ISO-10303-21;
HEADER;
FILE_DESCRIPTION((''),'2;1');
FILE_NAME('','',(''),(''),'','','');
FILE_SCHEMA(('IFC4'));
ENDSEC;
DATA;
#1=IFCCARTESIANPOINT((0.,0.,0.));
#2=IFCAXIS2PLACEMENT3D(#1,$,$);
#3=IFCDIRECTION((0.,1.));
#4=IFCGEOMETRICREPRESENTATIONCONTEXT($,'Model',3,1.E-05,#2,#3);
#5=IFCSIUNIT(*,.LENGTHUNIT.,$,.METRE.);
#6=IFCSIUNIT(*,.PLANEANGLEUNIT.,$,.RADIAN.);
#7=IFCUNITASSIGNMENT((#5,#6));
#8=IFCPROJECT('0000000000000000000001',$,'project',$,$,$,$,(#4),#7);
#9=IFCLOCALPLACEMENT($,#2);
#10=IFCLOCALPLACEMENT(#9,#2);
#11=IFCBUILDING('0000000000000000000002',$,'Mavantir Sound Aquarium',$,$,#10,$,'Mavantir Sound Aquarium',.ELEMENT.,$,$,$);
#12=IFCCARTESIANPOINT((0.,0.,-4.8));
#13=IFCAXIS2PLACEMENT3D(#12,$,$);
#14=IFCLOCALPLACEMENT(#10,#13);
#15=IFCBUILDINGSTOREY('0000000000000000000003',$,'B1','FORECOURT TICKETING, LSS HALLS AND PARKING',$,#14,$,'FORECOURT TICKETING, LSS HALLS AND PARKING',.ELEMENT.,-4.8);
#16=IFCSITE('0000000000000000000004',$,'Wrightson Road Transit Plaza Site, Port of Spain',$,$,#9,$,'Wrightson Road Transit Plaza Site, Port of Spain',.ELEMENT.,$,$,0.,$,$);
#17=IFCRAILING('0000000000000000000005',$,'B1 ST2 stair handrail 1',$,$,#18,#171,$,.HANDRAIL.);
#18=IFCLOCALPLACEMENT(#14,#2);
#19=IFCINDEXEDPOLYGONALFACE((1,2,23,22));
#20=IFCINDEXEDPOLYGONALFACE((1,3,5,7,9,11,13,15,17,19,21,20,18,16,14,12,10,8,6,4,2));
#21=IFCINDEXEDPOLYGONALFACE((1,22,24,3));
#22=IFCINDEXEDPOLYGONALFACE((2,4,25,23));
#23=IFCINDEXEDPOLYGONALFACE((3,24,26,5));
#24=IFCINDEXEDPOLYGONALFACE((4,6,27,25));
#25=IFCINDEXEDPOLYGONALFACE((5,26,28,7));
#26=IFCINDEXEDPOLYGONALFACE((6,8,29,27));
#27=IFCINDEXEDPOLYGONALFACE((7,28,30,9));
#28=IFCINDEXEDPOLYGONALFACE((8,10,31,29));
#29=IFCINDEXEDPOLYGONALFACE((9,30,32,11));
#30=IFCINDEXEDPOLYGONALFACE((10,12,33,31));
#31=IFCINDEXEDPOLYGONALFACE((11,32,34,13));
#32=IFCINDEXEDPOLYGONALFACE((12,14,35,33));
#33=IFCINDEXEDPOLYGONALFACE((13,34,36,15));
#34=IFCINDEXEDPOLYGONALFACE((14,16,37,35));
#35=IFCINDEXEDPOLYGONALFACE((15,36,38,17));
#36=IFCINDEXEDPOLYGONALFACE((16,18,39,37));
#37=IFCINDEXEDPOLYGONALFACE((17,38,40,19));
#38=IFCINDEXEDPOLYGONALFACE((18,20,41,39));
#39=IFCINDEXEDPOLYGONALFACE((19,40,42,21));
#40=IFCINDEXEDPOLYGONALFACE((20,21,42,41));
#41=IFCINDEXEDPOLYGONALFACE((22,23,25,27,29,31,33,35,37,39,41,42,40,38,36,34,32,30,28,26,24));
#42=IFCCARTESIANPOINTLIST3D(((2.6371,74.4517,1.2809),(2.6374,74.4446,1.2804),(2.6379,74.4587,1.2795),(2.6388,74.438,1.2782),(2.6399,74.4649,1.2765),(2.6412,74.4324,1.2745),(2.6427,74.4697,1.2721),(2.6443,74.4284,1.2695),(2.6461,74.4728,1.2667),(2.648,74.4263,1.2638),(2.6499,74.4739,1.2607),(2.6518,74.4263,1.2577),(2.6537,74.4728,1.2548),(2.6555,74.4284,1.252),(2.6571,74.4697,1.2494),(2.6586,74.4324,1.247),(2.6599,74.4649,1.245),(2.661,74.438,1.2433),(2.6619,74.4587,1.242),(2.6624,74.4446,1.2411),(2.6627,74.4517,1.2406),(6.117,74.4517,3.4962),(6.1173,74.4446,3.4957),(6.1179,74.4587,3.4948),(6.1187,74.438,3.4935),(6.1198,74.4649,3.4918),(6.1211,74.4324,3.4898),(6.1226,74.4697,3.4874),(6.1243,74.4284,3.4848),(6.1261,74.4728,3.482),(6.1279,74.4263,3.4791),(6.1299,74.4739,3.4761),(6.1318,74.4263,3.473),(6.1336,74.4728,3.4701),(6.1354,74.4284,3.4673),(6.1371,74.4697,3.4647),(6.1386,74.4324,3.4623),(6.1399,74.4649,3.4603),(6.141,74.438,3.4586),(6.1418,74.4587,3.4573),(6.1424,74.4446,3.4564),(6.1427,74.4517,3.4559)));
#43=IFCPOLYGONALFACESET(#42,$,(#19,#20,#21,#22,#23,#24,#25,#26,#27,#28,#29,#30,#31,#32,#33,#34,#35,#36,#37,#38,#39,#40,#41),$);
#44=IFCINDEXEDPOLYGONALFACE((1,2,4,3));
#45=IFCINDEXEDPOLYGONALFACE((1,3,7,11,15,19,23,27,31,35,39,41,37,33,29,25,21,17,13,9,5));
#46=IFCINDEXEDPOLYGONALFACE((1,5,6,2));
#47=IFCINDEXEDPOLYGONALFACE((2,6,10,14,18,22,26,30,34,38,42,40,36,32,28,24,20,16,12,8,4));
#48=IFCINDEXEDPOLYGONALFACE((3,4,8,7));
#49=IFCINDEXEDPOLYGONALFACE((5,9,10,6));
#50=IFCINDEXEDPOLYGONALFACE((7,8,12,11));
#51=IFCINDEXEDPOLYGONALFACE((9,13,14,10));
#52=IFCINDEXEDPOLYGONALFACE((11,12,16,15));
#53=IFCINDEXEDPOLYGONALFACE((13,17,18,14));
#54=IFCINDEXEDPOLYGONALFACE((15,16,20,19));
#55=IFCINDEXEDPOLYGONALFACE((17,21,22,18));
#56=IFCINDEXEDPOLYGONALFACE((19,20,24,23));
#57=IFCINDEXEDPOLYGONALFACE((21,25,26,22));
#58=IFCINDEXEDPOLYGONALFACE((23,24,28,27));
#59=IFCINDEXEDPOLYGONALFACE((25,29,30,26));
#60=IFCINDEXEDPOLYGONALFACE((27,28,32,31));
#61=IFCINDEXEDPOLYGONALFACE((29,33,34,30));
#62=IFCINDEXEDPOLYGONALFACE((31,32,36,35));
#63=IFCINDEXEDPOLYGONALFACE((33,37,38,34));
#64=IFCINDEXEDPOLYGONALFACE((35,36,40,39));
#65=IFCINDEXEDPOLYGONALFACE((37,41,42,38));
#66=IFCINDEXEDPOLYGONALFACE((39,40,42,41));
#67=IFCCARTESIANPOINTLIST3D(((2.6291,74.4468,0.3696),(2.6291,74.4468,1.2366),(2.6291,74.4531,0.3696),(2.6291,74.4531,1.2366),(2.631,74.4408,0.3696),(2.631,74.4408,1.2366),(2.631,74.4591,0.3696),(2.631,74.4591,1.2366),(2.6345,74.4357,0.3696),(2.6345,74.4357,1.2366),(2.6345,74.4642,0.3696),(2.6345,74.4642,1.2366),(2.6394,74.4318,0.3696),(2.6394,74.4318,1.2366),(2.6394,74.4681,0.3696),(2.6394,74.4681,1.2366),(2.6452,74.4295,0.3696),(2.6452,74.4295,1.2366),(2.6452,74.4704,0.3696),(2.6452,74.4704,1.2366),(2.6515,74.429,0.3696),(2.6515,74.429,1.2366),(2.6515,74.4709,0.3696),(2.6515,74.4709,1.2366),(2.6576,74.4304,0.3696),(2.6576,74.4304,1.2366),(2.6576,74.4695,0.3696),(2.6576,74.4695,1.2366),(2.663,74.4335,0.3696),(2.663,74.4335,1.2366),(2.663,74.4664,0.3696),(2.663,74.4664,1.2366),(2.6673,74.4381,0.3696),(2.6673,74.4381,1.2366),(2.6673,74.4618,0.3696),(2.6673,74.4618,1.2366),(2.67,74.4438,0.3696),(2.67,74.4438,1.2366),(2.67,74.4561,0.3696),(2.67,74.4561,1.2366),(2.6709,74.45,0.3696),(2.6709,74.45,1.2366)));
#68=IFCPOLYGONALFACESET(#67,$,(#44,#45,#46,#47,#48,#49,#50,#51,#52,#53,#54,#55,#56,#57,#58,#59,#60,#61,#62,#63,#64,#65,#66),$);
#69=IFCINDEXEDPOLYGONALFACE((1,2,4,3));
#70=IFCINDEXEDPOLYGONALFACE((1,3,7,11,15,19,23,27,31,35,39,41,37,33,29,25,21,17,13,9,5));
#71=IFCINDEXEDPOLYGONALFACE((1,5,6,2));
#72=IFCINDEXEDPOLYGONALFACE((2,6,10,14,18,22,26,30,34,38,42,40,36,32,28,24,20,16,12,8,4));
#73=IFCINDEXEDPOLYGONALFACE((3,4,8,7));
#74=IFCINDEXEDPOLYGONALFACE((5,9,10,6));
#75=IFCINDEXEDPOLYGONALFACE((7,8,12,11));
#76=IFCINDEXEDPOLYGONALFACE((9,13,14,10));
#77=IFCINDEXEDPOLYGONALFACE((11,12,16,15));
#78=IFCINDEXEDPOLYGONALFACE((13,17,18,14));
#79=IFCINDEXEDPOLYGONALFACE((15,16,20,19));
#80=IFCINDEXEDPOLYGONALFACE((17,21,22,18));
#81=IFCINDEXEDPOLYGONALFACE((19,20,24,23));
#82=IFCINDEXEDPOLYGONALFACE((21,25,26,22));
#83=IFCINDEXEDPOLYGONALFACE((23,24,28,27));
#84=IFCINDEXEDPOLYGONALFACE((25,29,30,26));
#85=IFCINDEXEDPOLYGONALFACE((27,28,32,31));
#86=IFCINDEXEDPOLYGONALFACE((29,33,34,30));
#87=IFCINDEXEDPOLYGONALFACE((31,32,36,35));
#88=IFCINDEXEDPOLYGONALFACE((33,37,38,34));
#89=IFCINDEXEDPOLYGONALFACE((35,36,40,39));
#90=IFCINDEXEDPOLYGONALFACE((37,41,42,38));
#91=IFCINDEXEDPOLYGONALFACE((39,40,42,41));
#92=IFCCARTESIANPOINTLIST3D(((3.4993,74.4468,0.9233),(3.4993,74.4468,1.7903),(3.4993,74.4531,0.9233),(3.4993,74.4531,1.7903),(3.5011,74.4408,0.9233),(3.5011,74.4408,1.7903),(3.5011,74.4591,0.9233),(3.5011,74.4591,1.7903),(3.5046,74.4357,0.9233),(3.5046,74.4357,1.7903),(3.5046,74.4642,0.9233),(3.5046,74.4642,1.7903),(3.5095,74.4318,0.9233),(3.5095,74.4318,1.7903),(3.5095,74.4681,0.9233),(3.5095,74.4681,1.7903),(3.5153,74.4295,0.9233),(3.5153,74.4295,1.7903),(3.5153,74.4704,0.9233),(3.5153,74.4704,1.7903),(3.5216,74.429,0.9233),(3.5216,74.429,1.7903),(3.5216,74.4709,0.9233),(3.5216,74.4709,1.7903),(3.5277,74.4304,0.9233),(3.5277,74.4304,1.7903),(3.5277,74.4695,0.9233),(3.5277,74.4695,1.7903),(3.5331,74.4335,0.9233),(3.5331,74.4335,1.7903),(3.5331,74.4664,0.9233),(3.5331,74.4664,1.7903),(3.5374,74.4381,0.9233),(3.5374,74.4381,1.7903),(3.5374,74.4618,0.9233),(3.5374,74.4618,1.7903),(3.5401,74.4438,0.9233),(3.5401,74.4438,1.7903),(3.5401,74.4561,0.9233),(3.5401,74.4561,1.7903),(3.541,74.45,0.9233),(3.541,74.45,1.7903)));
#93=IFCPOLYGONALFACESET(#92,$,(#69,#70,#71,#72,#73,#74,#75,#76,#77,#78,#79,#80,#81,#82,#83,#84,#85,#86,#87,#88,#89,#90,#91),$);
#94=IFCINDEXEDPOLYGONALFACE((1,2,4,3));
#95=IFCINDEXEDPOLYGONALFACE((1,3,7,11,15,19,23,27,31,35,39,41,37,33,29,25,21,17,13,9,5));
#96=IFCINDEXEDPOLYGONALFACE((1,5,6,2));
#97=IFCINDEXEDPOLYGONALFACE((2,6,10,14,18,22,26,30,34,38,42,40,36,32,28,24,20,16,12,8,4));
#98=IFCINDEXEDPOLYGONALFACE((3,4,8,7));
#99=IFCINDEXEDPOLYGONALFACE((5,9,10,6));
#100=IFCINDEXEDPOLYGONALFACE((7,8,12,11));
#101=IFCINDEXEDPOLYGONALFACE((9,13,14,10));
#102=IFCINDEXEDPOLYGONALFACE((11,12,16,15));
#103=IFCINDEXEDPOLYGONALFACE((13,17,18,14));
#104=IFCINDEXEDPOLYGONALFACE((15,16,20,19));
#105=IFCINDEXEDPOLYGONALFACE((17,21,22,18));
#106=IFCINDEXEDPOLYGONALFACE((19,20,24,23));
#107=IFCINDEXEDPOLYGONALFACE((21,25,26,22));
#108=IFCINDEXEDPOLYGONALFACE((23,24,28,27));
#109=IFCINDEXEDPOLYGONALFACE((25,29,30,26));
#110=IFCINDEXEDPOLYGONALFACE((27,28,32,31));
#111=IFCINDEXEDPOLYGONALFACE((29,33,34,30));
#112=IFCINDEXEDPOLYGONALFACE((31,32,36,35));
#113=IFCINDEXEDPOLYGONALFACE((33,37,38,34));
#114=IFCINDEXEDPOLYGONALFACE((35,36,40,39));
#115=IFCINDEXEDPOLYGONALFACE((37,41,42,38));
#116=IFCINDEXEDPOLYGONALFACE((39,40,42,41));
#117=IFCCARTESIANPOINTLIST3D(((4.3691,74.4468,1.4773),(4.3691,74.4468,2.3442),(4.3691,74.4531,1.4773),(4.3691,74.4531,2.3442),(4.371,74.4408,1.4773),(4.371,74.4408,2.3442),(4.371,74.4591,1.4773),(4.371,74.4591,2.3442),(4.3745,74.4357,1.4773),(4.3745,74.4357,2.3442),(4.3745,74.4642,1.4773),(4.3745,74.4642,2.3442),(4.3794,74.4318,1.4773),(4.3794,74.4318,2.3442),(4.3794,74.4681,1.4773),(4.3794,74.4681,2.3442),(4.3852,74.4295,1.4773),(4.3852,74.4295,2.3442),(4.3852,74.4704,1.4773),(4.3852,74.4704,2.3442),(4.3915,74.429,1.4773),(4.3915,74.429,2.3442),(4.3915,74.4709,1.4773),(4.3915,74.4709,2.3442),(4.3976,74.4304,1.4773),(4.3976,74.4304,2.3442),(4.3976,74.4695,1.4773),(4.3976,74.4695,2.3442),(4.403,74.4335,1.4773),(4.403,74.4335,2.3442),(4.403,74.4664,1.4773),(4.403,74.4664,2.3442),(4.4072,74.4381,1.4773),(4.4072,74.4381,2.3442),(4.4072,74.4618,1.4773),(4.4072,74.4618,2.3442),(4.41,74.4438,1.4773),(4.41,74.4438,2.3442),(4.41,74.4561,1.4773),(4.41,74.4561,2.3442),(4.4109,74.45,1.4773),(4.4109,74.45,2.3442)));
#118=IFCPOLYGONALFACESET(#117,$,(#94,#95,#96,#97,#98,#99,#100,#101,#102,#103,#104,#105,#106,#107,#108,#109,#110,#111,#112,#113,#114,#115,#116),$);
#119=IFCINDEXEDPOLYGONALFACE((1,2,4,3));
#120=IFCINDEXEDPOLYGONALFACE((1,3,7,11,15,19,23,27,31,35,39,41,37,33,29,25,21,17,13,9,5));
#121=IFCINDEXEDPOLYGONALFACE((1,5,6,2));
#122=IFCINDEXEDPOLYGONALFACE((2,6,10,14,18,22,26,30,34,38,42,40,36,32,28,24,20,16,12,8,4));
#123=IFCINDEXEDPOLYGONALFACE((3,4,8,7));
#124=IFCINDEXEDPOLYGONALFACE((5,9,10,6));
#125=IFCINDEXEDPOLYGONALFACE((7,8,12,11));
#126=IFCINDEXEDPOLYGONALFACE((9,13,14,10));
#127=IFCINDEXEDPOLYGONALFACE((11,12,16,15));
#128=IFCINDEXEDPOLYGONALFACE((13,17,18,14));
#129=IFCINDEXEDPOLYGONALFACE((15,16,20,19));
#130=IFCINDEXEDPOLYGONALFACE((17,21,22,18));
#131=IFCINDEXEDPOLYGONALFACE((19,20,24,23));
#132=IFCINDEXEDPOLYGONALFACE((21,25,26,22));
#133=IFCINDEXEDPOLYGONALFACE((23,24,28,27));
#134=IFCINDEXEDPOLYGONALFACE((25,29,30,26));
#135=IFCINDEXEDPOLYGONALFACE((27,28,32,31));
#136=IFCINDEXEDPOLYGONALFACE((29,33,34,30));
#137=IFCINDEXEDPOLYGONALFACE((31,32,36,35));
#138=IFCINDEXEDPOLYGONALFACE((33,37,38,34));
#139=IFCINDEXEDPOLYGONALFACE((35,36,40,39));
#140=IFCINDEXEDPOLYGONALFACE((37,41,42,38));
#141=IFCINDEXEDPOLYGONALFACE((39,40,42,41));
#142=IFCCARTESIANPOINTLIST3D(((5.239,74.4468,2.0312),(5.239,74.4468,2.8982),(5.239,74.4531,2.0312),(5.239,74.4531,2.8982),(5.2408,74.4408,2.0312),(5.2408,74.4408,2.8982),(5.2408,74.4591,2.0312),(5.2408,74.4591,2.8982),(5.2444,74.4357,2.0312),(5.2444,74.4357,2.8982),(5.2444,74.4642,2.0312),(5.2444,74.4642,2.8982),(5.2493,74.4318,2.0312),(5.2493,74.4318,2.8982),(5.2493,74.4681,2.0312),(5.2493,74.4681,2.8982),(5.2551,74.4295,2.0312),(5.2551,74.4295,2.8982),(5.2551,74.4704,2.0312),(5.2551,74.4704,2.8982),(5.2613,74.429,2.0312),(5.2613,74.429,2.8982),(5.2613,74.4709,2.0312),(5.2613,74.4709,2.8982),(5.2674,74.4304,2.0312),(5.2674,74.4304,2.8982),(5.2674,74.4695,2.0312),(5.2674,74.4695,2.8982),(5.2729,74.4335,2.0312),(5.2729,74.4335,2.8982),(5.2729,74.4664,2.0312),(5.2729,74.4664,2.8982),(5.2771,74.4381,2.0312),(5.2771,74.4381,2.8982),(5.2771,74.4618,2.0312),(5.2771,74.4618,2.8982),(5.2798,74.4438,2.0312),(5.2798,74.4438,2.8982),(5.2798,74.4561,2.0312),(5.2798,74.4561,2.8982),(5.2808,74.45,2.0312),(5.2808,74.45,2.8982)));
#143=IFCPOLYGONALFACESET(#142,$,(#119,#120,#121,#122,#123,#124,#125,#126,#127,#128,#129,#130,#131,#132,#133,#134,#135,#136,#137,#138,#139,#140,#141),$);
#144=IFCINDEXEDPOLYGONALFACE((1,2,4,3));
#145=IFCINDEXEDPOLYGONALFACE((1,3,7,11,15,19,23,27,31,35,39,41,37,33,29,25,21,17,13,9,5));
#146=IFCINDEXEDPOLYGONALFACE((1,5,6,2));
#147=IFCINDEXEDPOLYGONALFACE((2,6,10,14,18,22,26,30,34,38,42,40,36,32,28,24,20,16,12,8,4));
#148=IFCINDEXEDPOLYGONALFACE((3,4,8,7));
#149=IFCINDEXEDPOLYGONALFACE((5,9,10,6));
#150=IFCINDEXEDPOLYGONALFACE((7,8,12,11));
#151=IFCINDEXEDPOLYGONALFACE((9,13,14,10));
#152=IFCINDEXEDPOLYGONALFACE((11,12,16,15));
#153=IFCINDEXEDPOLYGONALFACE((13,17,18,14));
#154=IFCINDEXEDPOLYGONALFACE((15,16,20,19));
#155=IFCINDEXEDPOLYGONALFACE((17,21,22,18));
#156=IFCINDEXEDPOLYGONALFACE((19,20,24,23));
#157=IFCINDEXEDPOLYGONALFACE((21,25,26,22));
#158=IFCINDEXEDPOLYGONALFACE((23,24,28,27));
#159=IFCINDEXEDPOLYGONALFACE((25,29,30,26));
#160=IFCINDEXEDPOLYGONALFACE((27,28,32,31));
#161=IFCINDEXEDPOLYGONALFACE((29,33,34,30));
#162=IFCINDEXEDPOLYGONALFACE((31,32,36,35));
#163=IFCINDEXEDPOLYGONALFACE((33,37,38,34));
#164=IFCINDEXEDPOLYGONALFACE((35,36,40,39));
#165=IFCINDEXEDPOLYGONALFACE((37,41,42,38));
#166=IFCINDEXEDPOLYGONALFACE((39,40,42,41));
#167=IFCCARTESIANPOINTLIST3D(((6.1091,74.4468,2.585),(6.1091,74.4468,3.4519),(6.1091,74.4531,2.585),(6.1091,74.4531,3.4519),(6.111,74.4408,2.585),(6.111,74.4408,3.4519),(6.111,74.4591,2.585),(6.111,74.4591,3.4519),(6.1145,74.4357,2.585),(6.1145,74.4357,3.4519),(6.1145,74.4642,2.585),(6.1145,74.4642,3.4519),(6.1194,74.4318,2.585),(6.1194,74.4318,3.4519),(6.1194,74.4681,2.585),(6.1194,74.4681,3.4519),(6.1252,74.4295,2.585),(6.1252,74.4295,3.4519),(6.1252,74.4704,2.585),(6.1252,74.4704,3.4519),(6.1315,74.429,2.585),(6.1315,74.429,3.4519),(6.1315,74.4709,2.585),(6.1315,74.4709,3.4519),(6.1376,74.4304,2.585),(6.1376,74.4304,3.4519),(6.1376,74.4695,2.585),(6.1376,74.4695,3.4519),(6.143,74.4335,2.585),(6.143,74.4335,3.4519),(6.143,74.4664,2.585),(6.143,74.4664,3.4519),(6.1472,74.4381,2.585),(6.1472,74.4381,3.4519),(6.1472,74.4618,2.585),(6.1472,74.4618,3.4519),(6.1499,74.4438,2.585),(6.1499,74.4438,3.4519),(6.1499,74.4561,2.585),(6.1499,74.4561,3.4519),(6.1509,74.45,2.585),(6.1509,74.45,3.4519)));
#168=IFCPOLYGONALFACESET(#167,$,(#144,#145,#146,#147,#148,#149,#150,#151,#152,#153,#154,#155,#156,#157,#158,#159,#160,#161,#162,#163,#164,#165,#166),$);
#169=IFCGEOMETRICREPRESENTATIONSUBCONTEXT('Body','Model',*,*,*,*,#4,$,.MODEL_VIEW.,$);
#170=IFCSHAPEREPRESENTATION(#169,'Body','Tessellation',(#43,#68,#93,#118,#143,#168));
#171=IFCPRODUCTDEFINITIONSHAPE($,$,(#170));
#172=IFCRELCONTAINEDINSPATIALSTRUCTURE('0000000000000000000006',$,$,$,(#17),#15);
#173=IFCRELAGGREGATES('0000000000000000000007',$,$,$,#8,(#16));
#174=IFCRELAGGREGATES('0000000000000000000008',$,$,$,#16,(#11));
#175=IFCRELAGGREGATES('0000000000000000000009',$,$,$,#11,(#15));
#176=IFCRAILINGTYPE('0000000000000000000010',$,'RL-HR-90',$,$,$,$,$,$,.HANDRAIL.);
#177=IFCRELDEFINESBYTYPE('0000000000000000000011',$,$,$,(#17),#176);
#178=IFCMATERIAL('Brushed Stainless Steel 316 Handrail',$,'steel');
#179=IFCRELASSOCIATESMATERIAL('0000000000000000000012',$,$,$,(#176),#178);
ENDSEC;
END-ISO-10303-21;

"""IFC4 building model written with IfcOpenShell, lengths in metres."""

from ifc_helpers import new_model, si_unit, direction, frame, origin, origin_2d, place, context, subcontext, project, spatial, circle, extrude, material, type_object, element, save


model = new_model("IFC4")

# Units and contexts
model_context = context("Model", 3, precision=1e-05, world=origin(), true_north=direction((0.0, 1.0)))
body_context = subcontext(model_context, "Body", "Model", "MODEL_VIEW")
ifc_project = project(units=[si_unit("LENGTHUNIT", "METRE"), si_unit("PLANEANGLEUNIT", "RADIAN")], contexts=[model_context])

# Site, building, storey
site_placement = place(None, origin())
site = spatial("IfcSite", under=ifc_project, at=site_placement, Name="Wrightson Road Transit Plaza Site, Port of Spain", LongName="Wrightson Road Transit Plaza Site, Port of Spain", CompositionType="ELEMENT", RefElevation=0.0)
building_placement = place(site_placement, origin())
building = spatial("IfcBuilding", under=site, at=building_placement, Name="Mavantir Sound Aquarium", LongName="Mavantir Sound Aquarium", CompositionType="ELEMENT")
storey_placement = place(building_placement, frame((0.0, 0.0, -4.8)))
storey = spatial("IfcBuildingStorey", under=building, at=storey_placement, Name="B1", Description="FORECOURT TICKETING, LSS HALLS AND PARKING", LongName="FORECOURT TICKETING, LSS HALLS AND PARKING", CompositionType="ELEMENT", Elevation=-4.8)

# Railing
ifc_material_1 = material(Name="Brushed Stainless Steel 316 Handrail", Category="steel")
railing_type_1 = type_object("IfcRailingType", Name="RL-HR-90", PredefinedType="HANDRAIL", material=ifc_material_1)
railing_1_placement = place(storey_placement, frame((2.6499, 74.45, 0.3696)))
element("IfcRailing", 1, at=railing_1_placement, inside=storey, type_object=railing_type_1, Name="B1 ST2 stair handrail 1", PredefinedType="HANDRAIL", context=body_context, shape_type="SweptSolid", body=[
    extrude(circle(Radius=0.0239, at=origin_2d()), frame((0.0, 0.0, 0.8911), z_axis=(0.843574, 0.0, 0.537013), x_axis=(0.0, 1.0, 0.0)), (0.0, 0.0, 1.0), 4.1252),
    extrude(circle(Radius=0.021, at=origin_2d()), origin(), (0.0, 0.0, 1.0), 0.8669),
    extrude(circle(Radius=0.021, at=origin_2d()), frame((0.8701, 0.0, 0.5537)), (0.0, 0.0, 1.0), 0.8669),
    extrude(circle(Radius=0.021, at=origin_2d()), frame((1.74, 0.0, 1.1077)), (0.0, 0.0, 1.0), 0.8669),
    extrude(circle(Radius=0.021, at=origin_2d()), frame((2.6099, 0.0, 1.6616)), (0.0, 0.0, 1.0), 0.8669),
    extrude(circle(Radius=0.021, at=origin_2d()), frame((3.48, 0.0, 2.2153)), (0.0, 0.0, 1.0), 0.8669),
])

save(model, "model.ifc")
